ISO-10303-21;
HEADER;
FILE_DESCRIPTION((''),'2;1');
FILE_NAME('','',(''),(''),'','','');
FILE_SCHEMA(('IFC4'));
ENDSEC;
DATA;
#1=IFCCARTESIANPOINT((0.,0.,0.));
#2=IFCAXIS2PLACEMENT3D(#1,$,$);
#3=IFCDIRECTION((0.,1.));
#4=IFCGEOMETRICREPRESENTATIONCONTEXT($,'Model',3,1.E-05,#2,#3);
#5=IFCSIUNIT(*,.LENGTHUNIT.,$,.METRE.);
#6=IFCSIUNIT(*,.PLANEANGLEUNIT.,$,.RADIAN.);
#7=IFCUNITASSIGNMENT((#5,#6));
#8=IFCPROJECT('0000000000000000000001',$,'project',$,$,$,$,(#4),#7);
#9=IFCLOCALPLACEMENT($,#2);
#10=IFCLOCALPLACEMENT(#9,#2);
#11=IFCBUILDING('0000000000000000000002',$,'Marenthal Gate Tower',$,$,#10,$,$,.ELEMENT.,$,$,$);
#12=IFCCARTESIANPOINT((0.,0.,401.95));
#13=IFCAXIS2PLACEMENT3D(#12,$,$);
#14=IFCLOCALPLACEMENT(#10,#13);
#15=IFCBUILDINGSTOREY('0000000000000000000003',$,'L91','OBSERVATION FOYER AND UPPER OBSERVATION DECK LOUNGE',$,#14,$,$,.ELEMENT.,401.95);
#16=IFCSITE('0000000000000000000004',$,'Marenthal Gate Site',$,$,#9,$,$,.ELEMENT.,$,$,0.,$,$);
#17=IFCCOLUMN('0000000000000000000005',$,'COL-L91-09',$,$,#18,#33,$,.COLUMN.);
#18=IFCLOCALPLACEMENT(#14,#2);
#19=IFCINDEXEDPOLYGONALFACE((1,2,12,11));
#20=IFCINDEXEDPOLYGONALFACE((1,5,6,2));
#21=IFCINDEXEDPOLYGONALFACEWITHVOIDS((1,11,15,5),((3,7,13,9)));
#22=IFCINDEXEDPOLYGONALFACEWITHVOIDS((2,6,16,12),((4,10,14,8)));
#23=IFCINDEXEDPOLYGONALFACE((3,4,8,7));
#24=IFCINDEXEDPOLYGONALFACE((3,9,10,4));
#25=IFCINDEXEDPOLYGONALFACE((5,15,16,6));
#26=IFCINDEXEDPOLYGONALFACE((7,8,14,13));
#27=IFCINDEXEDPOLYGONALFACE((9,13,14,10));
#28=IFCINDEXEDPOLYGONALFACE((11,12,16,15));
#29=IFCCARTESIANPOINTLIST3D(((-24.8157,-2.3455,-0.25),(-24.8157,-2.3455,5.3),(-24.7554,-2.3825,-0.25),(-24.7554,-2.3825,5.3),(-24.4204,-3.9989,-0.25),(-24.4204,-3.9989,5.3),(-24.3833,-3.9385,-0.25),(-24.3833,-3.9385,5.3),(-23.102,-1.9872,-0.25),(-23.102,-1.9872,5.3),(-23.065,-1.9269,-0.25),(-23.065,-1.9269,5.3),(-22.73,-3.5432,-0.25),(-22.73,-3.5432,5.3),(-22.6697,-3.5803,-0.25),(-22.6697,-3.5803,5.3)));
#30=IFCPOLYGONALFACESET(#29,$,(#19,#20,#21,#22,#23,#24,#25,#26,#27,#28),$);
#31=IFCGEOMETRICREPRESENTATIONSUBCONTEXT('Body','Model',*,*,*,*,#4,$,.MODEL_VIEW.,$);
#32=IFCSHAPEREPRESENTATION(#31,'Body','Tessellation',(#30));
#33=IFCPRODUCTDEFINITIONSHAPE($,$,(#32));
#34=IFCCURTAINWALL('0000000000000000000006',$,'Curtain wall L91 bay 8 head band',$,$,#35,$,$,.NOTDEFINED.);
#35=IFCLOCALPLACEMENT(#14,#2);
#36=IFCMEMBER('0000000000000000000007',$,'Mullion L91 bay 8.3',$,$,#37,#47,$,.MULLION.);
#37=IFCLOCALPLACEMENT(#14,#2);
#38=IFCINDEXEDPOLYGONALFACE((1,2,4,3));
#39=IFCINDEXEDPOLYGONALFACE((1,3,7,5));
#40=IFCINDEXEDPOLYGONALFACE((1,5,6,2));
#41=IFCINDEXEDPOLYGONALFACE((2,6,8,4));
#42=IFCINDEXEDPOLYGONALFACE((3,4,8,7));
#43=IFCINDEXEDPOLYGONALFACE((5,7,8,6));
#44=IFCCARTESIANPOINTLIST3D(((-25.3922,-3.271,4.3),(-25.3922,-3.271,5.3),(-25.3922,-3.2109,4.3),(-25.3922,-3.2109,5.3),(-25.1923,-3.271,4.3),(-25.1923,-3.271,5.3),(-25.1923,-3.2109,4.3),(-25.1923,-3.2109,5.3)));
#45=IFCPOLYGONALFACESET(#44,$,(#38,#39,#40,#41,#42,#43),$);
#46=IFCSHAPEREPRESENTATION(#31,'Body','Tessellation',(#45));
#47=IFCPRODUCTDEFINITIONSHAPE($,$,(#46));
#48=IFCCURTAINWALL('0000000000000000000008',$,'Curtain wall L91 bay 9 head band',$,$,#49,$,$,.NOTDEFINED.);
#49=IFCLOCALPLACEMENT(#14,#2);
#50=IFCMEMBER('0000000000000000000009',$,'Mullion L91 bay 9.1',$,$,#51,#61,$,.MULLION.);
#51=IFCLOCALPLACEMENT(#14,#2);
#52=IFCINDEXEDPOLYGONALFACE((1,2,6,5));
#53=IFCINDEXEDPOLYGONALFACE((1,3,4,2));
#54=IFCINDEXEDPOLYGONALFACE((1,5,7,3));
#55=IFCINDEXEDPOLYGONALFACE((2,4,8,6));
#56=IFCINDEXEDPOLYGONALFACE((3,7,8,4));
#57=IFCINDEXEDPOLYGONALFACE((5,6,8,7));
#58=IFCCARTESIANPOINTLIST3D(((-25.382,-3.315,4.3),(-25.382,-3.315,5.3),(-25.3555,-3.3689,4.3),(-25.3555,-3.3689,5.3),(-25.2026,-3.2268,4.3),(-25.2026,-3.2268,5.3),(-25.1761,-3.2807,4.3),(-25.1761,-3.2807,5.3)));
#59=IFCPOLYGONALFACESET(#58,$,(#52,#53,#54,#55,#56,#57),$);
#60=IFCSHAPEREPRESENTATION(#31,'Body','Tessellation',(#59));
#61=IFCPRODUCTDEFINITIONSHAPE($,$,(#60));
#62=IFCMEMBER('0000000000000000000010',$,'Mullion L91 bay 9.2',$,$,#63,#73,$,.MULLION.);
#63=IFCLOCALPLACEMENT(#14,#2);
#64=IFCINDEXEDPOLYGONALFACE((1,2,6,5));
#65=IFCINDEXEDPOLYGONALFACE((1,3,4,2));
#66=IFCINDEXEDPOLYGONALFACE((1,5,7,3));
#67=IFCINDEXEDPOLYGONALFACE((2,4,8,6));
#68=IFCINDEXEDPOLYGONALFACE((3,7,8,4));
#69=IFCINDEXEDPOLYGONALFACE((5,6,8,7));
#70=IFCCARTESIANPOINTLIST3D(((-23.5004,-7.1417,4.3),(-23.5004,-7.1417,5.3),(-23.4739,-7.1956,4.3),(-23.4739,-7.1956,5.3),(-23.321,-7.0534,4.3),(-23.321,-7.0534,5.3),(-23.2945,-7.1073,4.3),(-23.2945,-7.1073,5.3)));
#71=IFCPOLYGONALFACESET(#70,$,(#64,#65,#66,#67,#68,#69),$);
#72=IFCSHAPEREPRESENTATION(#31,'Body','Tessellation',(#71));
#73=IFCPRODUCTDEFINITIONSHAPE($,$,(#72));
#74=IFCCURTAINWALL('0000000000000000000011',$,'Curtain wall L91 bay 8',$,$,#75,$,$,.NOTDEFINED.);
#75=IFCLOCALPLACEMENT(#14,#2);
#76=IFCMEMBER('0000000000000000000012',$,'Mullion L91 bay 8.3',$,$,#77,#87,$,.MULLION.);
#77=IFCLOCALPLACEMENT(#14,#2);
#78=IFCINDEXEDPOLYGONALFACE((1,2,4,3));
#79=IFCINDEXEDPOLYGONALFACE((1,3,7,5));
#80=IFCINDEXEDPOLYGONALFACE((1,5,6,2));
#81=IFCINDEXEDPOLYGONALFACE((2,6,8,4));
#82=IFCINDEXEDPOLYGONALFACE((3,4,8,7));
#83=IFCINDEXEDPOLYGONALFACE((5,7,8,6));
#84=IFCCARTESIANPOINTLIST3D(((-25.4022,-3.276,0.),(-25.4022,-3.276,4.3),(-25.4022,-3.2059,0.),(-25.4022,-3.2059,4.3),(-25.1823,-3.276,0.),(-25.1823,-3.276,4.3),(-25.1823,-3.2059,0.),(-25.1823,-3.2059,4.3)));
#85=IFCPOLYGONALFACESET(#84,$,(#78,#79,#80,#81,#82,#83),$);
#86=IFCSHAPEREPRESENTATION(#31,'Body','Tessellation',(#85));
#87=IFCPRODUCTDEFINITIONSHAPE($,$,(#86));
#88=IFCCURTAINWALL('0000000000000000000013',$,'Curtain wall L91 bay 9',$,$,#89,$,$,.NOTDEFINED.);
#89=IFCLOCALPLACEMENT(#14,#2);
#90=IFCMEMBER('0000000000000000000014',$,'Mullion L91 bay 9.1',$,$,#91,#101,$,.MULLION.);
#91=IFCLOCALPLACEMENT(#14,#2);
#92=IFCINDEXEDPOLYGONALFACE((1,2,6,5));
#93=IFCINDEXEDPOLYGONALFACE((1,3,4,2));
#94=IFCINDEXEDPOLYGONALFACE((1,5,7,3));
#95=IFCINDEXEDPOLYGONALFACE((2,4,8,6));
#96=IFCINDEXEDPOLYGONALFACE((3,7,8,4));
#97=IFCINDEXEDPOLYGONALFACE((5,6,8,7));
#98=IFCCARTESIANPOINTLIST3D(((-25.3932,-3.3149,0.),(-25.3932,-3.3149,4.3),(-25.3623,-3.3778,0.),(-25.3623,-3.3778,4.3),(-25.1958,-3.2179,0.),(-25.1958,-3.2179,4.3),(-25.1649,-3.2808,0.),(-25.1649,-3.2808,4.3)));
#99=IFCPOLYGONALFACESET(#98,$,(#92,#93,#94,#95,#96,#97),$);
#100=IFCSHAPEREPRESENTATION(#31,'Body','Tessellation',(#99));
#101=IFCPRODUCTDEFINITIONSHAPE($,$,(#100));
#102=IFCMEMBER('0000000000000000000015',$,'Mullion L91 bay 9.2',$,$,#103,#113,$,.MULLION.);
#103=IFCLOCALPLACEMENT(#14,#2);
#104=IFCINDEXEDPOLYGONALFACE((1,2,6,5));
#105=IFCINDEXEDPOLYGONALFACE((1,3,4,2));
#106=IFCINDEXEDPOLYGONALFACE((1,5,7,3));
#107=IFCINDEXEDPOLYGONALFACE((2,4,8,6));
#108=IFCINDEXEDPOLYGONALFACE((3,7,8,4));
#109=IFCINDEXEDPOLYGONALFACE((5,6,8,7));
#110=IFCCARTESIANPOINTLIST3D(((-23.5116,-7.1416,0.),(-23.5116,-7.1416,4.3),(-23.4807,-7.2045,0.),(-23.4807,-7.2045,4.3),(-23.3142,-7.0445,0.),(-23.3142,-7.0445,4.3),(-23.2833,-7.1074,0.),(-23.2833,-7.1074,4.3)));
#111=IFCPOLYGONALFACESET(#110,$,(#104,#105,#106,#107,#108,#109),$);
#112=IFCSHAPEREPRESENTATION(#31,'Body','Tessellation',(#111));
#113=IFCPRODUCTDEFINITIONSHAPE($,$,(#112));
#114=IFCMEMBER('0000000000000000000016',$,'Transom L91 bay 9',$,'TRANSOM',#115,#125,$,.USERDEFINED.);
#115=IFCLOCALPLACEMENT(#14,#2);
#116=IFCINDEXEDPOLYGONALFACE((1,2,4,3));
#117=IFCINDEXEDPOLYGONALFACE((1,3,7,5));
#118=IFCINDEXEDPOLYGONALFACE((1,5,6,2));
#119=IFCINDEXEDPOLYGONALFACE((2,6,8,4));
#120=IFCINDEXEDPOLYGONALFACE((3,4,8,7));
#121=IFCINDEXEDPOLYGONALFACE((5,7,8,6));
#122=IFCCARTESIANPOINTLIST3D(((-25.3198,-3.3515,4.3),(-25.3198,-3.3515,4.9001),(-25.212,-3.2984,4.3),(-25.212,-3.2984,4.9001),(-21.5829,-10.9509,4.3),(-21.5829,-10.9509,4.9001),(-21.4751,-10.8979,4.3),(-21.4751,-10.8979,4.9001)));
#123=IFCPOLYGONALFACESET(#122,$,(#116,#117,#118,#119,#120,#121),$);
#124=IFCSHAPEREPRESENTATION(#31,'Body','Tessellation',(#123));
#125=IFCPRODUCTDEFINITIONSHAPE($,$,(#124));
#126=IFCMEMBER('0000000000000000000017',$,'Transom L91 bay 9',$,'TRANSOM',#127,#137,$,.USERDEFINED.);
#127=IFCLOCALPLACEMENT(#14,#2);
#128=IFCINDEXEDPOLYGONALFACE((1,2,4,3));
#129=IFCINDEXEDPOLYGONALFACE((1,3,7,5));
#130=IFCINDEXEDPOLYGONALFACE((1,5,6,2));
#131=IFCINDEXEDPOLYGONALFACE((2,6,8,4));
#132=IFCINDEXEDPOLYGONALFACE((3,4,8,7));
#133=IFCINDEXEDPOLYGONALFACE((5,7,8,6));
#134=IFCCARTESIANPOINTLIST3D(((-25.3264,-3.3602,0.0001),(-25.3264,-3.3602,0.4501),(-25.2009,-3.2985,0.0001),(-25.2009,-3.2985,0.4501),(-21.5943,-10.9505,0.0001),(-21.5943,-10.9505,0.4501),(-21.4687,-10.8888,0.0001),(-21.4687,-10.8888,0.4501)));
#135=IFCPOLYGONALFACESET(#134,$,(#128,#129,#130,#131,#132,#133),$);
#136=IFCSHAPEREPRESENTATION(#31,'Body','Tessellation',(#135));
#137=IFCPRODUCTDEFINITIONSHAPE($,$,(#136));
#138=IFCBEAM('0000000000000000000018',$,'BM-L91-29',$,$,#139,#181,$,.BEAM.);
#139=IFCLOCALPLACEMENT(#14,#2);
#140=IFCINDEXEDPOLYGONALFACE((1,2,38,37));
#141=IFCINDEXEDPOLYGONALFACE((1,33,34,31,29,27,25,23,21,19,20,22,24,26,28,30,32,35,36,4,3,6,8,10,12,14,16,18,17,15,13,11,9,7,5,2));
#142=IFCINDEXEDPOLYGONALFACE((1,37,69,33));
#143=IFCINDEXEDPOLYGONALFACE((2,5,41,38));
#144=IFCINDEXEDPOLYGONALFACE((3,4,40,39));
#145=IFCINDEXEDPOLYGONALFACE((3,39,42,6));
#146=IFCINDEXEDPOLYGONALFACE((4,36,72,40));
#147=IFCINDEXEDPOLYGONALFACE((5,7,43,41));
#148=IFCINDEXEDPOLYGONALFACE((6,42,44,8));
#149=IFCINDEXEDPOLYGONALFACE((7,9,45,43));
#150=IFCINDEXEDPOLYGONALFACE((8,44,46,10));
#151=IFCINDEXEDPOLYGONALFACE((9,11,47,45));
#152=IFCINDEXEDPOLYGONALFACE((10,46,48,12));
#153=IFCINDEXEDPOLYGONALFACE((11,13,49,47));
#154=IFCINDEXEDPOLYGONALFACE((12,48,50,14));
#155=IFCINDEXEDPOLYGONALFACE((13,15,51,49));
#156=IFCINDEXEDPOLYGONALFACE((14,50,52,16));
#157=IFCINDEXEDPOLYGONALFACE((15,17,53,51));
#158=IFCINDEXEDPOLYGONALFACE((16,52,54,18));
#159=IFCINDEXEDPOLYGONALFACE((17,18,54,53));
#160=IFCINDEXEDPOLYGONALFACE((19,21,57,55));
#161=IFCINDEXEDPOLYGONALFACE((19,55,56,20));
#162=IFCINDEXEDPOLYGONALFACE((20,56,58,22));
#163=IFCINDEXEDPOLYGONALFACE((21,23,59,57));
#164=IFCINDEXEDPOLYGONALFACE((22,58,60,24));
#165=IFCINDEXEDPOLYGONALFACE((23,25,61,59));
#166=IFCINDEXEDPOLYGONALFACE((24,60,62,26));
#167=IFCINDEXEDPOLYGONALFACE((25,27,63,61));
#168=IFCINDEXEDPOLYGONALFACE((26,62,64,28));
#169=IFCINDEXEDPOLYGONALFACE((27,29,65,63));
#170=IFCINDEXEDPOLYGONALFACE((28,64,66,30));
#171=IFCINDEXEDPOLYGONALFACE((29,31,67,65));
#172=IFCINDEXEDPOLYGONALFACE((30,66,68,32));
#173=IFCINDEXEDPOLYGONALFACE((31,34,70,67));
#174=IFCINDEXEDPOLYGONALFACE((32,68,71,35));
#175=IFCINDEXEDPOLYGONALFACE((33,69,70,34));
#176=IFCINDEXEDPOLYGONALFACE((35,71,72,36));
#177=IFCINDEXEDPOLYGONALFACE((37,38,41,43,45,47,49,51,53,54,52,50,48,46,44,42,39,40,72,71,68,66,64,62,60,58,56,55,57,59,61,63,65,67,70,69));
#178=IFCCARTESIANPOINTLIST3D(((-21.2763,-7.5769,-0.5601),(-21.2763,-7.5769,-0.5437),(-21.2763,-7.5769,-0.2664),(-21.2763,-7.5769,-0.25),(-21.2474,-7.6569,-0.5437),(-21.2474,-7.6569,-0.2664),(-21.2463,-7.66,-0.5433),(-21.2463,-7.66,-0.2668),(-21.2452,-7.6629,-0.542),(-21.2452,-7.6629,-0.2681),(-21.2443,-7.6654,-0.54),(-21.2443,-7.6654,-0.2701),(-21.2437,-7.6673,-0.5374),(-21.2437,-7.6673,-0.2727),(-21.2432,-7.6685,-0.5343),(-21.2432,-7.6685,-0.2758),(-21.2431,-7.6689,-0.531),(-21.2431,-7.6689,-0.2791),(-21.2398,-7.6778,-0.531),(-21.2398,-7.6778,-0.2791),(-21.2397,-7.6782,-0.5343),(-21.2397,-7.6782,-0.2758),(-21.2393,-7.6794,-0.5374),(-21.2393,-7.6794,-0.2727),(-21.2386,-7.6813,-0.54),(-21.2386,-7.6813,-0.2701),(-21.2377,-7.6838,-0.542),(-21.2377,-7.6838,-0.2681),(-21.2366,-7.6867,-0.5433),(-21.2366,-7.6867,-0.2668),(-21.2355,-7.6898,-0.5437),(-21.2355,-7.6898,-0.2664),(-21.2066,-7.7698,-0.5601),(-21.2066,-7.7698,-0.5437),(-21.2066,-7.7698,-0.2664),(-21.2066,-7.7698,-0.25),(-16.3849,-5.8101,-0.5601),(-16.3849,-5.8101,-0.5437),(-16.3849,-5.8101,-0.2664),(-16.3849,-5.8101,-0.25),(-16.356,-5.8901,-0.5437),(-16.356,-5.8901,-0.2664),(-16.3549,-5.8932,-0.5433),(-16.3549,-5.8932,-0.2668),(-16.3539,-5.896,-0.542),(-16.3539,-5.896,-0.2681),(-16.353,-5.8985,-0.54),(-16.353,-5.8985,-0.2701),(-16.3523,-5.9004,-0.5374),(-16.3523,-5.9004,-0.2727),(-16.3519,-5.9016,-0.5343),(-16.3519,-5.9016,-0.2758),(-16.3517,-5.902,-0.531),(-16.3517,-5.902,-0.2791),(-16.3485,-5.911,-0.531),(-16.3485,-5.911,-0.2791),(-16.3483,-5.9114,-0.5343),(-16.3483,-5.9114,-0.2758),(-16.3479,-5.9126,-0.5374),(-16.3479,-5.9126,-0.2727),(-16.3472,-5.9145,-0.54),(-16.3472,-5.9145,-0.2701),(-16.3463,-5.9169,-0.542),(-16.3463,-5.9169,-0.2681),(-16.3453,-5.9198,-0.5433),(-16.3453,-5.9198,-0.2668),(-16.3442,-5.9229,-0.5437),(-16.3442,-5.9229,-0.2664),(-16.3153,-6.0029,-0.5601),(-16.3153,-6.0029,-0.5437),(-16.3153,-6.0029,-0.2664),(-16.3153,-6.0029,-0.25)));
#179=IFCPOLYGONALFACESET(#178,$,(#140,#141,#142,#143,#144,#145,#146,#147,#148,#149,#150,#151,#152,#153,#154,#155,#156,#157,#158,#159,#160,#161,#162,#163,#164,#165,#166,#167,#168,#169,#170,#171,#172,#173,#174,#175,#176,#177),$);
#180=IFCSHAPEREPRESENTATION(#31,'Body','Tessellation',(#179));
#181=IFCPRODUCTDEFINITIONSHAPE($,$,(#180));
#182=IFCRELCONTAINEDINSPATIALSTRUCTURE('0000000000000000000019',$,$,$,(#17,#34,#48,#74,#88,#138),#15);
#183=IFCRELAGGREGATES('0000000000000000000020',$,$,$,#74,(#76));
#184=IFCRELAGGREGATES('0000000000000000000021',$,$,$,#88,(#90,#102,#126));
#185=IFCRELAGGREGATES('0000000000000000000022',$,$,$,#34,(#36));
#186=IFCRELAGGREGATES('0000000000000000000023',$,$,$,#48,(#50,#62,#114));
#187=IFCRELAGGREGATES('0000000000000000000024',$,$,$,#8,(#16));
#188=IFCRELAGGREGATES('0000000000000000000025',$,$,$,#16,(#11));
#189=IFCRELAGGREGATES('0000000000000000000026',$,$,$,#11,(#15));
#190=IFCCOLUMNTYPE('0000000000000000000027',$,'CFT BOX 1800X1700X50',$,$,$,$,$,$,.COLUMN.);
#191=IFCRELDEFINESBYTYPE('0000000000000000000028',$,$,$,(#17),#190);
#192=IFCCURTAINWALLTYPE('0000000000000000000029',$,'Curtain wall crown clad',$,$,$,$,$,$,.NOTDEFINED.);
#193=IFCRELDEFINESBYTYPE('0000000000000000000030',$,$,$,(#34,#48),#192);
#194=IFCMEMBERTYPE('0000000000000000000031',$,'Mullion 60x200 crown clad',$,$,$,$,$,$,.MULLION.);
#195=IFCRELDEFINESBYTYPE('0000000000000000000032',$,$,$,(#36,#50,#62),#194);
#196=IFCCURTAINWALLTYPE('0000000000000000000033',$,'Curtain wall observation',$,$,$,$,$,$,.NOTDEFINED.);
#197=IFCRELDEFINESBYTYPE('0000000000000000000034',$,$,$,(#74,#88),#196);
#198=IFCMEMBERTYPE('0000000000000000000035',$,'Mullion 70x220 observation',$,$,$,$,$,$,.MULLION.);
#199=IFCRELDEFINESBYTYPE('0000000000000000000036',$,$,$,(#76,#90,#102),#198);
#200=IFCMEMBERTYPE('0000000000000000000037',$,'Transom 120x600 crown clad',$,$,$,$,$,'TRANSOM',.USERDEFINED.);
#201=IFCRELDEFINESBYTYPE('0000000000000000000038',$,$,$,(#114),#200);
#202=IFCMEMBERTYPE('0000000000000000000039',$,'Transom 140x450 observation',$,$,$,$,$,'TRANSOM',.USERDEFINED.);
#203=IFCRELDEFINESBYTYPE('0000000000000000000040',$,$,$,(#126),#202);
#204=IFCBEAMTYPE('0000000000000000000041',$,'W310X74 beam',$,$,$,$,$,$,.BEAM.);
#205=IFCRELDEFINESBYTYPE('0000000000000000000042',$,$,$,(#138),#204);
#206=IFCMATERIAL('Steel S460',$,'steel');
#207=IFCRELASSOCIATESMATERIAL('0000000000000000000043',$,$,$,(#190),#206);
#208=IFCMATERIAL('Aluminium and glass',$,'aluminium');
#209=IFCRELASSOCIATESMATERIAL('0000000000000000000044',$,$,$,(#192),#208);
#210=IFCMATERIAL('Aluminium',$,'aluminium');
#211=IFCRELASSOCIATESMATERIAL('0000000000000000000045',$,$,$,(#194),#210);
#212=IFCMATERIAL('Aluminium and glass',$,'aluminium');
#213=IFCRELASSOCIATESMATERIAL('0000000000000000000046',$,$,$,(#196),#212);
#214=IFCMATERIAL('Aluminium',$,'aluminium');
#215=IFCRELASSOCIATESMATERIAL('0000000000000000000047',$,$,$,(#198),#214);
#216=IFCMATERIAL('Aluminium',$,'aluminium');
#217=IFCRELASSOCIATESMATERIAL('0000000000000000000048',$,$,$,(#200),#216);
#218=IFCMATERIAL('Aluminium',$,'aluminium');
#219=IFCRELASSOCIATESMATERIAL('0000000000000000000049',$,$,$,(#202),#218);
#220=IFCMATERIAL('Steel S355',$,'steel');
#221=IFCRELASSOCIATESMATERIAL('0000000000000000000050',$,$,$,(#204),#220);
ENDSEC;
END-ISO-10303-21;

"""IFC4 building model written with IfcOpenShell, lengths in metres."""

from ifc_helpers import new_model, si_unit, direction, frame, origin, origin_2d, place, context, subcontext, project, spatial, rectangle, hollow_rectangle, i_section, extrude, material, material_profile, profile_set, type_object, element, aggregate, save


model = new_model("IFC4")

# Units and contexts
model_context = context("Model", 3, precision=1e-05, world=origin(), true_north=direction((0.0, 1.0)))
body_context = subcontext(model_context, "Body", "Model", "MODEL_VIEW")
ifc_project = project(units=[si_unit("LENGTHUNIT", "METRE"), si_unit("PLANEANGLEUNIT", "RADIAN")], contexts=[model_context])

# Site, building, storey
site_placement = place(None, origin())
site = spatial("IfcSite", under=ifc_project, at=site_placement, Name="Marenthal Gate Site", CompositionType="ELEMENT", RefElevation=0.0)
building_placement = place(site_placement, origin())
building = spatial("IfcBuilding", under=site, at=building_placement, Name="Marenthal Gate Tower", CompositionType="ELEMENT")
storey_placement = place(building_placement, frame((0.0, 0.0, 401.95)))
storey = spatial("IfcBuildingStorey", under=building, at=storey_placement, Name="L91", Description="OBSERVATION FOYER AND UPPER OBSERVATION DECK LOUNGE", CompositionType="ELEMENT", Elevation=401.95)

# Column
ifc_material_1 = material(Name="Steel S460", Category="steel")
ifc_material_profile_1 = material_profile(ifc_material_1, hollow_rectangle(XDim=1.7, YDim=1.8, WallThickness=0.05, at=origin_2d()), Name="CFT BOX 1800X1700X50")
ifc_material_2 = material(Name="Concrete 70 MPa", Category="concrete")
ifc_material_profile_2 = material_profile(ifc_material_2, rectangle(XDim=1.6001, YDim=1.7, at=origin_2d()), Name="CFT BOX 1800X1700X50 INFILL")
ifc_profile_set_1 = profile_set([ifc_material_profile_1, ifc_material_profile_2], Name="Steel S460 shell, Concrete 70 MPa infill")
column_type = type_object("IfcColumnType", Name="CFT BOX 1800X1700X50", PredefinedType="COLUMN", material=ifc_profile_set_1)
column_placement = place(storey_placement, frame((-23.7427, -2.9629, -0.25), z_axis=(0.0, 0.0, 1.0), x_axis=(-0.232542, 0.972586, 0.0)))
element("IfcColumn", 1, at=column_placement, inside=storey, type_object=column_type, Name="COL-L91-09", PredefinedType="COLUMN", context=body_context, shape_type="SweptSolid", body=[
    extrude(hollow_rectangle(XDim=1.7, YDim=1.8, WallThickness=0.05, at=origin_2d()), origin(), (0.0, 0.0, 1.0), 5.55),
])

# Curtain wall, member
ifc_material_3 = material(Name="Aluminium and glass", Category="aluminium")
curtain_wall_type_1 = type_object("IfcCurtainWallType", Name="Curtain wall crown clad", PredefinedType="NOTDEFINED", material=ifc_material_3)
curtain_wall_1_placement = place(storey_placement, origin())
curtain_wall_1 = element("IfcCurtainWall", 2, at=curtain_wall_1_placement, inside=storey, type_object=curtain_wall_type_1, Name="Curtain wall L91 bay 8 head band", PredefinedType="NOTDEFINED")
ifc_material_4 = material(Name="Aluminium", Category="aluminium")
ifc_material_profile_3 = material_profile(ifc_material_4, rectangle(XDim=0.2, YDim=0.0601, at=origin_2d()), Name="60x200 aluminium mullion")
ifc_profile_set_2 = profile_set([ifc_material_profile_3], Name="Aluminium")
member_type_1 = type_object("IfcMemberType", Name="Mullion 60x200 crown clad", PredefinedType="MULLION", material=ifc_profile_set_2)
member_1_placement = place(storey_placement, frame((-25.2922, -3.241, 4.3), z_axis=(0.0, 0.0, 1.0), x_axis=(1.0, 0.0, 0.0)))
member_1 = element("IfcMember", 3, at=member_1_placement, type_object=member_type_1, Name="Mullion L91 bay 8.3", PredefinedType="MULLION", context=body_context, shape_type="SweptSolid", body=[
    extrude(rectangle(XDim=0.2, YDim=0.0601, at=origin_2d()), origin(), (0.0, 0.0, 1.0), 1.0),
])

# Curtain wall, members
curtain_wall_2_placement = place(storey_placement, origin())
curtain_wall_2 = element("IfcCurtainWall", 4, at=curtain_wall_2_placement, inside=storey, type_object=curtain_wall_type_1, Name="Curtain wall L91 bay 9 head band", PredefinedType="NOTDEFINED")
member_2_placement = place(storey_placement, frame((-25.2791, -3.2979, 4.3), z_axis=(0.0, 0.0, 1.0), x_axis=(0.897386, 0.441247, 0.0)))
member_2 = element("IfcMember", 5, at=member_2_placement, type_object=member_type_1, Name="Mullion L91 bay 9.1", PredefinedType="MULLION", context=body_context, shape_type="SweptSolid", body=[
    extrude(rectangle(XDim=0.2, YDim=0.0601, at=origin_2d()), origin(), (0.0, 0.0, 1.0), 1.0),
])
member_3_placement = place(storey_placement, frame((-23.3975, -7.1245, 4.3), z_axis=(0.0, 0.0, 1.0), x_axis=(0.897386, 0.441247, 0.0)))
member_3 = element("IfcMember", 6, at=member_3_placement, type_object=member_type_1, Name="Mullion L91 bay 9.2", PredefinedType="MULLION", context=body_context, shape_type="SweptSolid", body=[
    extrude(rectangle(XDim=0.2, YDim=0.0601, at=origin_2d()), origin(), (0.0, 0.0, 1.0), 1.0),
])

# Curtain wall, member
ifc_material_5 = material(Name="Aluminium and glass", Category="aluminium")
curtain_wall_type_2 = type_object("IfcCurtainWallType", Name="Curtain wall observation", PredefinedType="NOTDEFINED", material=ifc_material_5)
curtain_wall_3_placement = place(storey_placement, origin())
curtain_wall_3 = element("IfcCurtainWall", 7, at=curtain_wall_3_placement, inside=storey, type_object=curtain_wall_type_2, Name="Curtain wall L91 bay 8", PredefinedType="NOTDEFINED")
ifc_material_6 = material(Name="Aluminium", Category="aluminium")
ifc_material_profile_4 = material_profile(ifc_material_6, rectangle(XDim=0.22, YDim=0.0701, at=origin_2d()), Name="70x220 aluminium mullion")
ifc_profile_set_3 = profile_set([ifc_material_profile_4], Name="Aluminium")
member_type_2 = type_object("IfcMemberType", Name="Mullion 70x220 observation", PredefinedType="MULLION", material=ifc_profile_set_3)
member_4_placement = place(storey_placement, frame((-25.2922, -3.241, 0.0), z_axis=(0.0, 0.0, 1.0), x_axis=(1.0, 0.0, 0.0)))
member_4 = element("IfcMember", 8, at=member_4_placement, type_object=member_type_2, Name="Mullion L91 bay 8.3", PredefinedType="MULLION", context=body_context, shape_type="SweptSolid", body=[
    extrude(rectangle(XDim=0.22, YDim=0.0701, at=origin_2d()), origin(), (0.0, 0.0, 1.0), 4.3),
])

# Curtain wall, members
curtain_wall_4_placement = place(storey_placement, origin())
curtain_wall_4 = element("IfcCurtainWall", 9, at=curtain_wall_4_placement, inside=storey, type_object=curtain_wall_type_2, Name="Curtain wall L91 bay 9", PredefinedType="NOTDEFINED")
member_5_placement = place(storey_placement, frame((-25.2791, -3.2979, 0.0), z_axis=(0.0, 0.0, 1.0), x_axis=(0.897386, 0.441247, 0.0)))
member_5 = element("IfcMember", 10, at=member_5_placement, type_object=member_type_2, Name="Mullion L91 bay 9.1", PredefinedType="MULLION", context=body_context, shape_type="SweptSolid", body=[
    extrude(rectangle(XDim=0.22, YDim=0.0701, at=origin_2d()), origin(), (0.0, 0.0, 1.0), 4.3),
])
member_6_placement = place(storey_placement, frame((-23.3975, -7.1245, 0.0), z_axis=(0.0, 0.0, 1.0), x_axis=(0.897386, 0.441247, 0.0)))
member_6 = element("IfcMember", 11, at=member_6_placement, type_object=member_type_2, Name="Mullion L91 bay 9.2", PredefinedType="MULLION", context=body_context, shape_type="SweptSolid", body=[
    extrude(rectangle(XDim=0.22, YDim=0.0701, at=origin_2d()), origin(), (0.0, 0.0, 1.0), 4.3),
])

# Members
ifc_material_7 = material(Name="Aluminium", Category="aluminium")
ifc_material_profile_5 = material_profile(ifc_material_7, rectangle(XDim=0.1201, YDim=0.6001, at=origin_2d()), Name="120x600 aluminium transom")
ifc_profile_set_4 = profile_set([ifc_material_profile_5], Name="Aluminium")
member_type_3 = type_object("IfcMemberType", Name="Transom 120x600 crown clad", ElementType="TRANSOM", PredefinedType="USERDEFINED", material=ifc_profile_set_4)
member_7_placement = place(storey_placement, frame((-25.2659, -3.325, 4.6001), z_axis=(0.441265, -0.897377, 0.0), x_axis=(0.897377, 0.441265, 0.0)))
member_7 = element("IfcMember", 12, at=member_7_placement, type_object=member_type_3, Name="Transom L91 bay 9", ObjectType="TRANSOM", PredefinedType="USERDEFINED", context=body_context, shape_type="SweptSolid", body=[
    extrude(rectangle(XDim=0.1201, YDim=0.6001, at=origin_2d()), origin(), (0.0, 0.0, 1.0), 8.4685),
])
ifc_material_8 = material(Name="Aluminium", Category="aluminium")
ifc_material_profile_6 = material_profile(ifc_material_8, rectangle(XDim=0.1399, YDim=0.45, at=origin_2d()), Name="140x450 aluminium transom")
ifc_profile_set_5 = profile_set([ifc_material_profile_6], Name="Aluminium")
member_type_4 = type_object("IfcMemberType", Name="Transom 140x450 observation", ElementType="TRANSOM", PredefinedType="USERDEFINED", material=ifc_profile_set_5)
member_8_placement = place(storey_placement, frame((-25.2637, -3.3293, 0.2251), z_axis=(0.441246, -0.897386, 0.0), x_axis=(0.897386, 0.441246, 0.0)))
member_8 = element("IfcMember", 13, at=member_8_placement, type_object=member_type_4, Name="Transom L91 bay 9", ObjectType="TRANSOM", PredefinedType="USERDEFINED", context=body_context, shape_type="SweptSolid", body=[
    extrude(rectangle(XDim=0.1399, YDim=0.45, at=origin_2d()), origin(), (0.0, 0.0, 1.0), 8.4583),
])

# Beam
ifc_material_9 = material(Name="Steel S355", Category="steel")
ifc_material_profile_7 = material_profile(ifc_material_9, i_section(OverallWidth=0.2051, OverallDepth=0.3101, WebThickness=0.0095, FlangeThickness=0.0164, FilletRadius=0.0127, at=origin_2d()), Name="W310X74")
ifc_profile_set_6 = profile_set([ifc_material_profile_7], Name="Steel S355")
beam_type_1 = type_object("IfcBeamType", Name="W310X74 beam", PredefinedType="BEAM", material=ifc_profile_set_6)
beam_1_placement = place(storey_placement, frame((-21.2415, -7.6733, -0.405), z_axis=(0.940522, 0.339733, 0.0), x_axis=(-0.339733, 0.940522, 0.0)))
element("IfcBeam", 14, at=beam_1_placement, inside=storey, type_object=beam_type_1, Name="BM-L91-29", PredefinedType="BEAM", context=body_context, shape_type="SweptSolid", body=[
    extrude(i_section(OverallWidth=0.2051, OverallDepth=0.3101, WebThickness=0.0095, FlangeThickness=0.0164, FilletRadius=0.0127, at=origin_2d()), origin(), (0.0, 0.0, 1.0), 5.2007),
])

aggregate(curtain_wall_3, [member_4])
aggregate(curtain_wall_4, [member_5, member_6, member_8])
aggregate(curtain_wall_1, [member_1])
aggregate(curtain_wall_2, [member_2, member_3, member_7])

save(model, "model.ifc")
